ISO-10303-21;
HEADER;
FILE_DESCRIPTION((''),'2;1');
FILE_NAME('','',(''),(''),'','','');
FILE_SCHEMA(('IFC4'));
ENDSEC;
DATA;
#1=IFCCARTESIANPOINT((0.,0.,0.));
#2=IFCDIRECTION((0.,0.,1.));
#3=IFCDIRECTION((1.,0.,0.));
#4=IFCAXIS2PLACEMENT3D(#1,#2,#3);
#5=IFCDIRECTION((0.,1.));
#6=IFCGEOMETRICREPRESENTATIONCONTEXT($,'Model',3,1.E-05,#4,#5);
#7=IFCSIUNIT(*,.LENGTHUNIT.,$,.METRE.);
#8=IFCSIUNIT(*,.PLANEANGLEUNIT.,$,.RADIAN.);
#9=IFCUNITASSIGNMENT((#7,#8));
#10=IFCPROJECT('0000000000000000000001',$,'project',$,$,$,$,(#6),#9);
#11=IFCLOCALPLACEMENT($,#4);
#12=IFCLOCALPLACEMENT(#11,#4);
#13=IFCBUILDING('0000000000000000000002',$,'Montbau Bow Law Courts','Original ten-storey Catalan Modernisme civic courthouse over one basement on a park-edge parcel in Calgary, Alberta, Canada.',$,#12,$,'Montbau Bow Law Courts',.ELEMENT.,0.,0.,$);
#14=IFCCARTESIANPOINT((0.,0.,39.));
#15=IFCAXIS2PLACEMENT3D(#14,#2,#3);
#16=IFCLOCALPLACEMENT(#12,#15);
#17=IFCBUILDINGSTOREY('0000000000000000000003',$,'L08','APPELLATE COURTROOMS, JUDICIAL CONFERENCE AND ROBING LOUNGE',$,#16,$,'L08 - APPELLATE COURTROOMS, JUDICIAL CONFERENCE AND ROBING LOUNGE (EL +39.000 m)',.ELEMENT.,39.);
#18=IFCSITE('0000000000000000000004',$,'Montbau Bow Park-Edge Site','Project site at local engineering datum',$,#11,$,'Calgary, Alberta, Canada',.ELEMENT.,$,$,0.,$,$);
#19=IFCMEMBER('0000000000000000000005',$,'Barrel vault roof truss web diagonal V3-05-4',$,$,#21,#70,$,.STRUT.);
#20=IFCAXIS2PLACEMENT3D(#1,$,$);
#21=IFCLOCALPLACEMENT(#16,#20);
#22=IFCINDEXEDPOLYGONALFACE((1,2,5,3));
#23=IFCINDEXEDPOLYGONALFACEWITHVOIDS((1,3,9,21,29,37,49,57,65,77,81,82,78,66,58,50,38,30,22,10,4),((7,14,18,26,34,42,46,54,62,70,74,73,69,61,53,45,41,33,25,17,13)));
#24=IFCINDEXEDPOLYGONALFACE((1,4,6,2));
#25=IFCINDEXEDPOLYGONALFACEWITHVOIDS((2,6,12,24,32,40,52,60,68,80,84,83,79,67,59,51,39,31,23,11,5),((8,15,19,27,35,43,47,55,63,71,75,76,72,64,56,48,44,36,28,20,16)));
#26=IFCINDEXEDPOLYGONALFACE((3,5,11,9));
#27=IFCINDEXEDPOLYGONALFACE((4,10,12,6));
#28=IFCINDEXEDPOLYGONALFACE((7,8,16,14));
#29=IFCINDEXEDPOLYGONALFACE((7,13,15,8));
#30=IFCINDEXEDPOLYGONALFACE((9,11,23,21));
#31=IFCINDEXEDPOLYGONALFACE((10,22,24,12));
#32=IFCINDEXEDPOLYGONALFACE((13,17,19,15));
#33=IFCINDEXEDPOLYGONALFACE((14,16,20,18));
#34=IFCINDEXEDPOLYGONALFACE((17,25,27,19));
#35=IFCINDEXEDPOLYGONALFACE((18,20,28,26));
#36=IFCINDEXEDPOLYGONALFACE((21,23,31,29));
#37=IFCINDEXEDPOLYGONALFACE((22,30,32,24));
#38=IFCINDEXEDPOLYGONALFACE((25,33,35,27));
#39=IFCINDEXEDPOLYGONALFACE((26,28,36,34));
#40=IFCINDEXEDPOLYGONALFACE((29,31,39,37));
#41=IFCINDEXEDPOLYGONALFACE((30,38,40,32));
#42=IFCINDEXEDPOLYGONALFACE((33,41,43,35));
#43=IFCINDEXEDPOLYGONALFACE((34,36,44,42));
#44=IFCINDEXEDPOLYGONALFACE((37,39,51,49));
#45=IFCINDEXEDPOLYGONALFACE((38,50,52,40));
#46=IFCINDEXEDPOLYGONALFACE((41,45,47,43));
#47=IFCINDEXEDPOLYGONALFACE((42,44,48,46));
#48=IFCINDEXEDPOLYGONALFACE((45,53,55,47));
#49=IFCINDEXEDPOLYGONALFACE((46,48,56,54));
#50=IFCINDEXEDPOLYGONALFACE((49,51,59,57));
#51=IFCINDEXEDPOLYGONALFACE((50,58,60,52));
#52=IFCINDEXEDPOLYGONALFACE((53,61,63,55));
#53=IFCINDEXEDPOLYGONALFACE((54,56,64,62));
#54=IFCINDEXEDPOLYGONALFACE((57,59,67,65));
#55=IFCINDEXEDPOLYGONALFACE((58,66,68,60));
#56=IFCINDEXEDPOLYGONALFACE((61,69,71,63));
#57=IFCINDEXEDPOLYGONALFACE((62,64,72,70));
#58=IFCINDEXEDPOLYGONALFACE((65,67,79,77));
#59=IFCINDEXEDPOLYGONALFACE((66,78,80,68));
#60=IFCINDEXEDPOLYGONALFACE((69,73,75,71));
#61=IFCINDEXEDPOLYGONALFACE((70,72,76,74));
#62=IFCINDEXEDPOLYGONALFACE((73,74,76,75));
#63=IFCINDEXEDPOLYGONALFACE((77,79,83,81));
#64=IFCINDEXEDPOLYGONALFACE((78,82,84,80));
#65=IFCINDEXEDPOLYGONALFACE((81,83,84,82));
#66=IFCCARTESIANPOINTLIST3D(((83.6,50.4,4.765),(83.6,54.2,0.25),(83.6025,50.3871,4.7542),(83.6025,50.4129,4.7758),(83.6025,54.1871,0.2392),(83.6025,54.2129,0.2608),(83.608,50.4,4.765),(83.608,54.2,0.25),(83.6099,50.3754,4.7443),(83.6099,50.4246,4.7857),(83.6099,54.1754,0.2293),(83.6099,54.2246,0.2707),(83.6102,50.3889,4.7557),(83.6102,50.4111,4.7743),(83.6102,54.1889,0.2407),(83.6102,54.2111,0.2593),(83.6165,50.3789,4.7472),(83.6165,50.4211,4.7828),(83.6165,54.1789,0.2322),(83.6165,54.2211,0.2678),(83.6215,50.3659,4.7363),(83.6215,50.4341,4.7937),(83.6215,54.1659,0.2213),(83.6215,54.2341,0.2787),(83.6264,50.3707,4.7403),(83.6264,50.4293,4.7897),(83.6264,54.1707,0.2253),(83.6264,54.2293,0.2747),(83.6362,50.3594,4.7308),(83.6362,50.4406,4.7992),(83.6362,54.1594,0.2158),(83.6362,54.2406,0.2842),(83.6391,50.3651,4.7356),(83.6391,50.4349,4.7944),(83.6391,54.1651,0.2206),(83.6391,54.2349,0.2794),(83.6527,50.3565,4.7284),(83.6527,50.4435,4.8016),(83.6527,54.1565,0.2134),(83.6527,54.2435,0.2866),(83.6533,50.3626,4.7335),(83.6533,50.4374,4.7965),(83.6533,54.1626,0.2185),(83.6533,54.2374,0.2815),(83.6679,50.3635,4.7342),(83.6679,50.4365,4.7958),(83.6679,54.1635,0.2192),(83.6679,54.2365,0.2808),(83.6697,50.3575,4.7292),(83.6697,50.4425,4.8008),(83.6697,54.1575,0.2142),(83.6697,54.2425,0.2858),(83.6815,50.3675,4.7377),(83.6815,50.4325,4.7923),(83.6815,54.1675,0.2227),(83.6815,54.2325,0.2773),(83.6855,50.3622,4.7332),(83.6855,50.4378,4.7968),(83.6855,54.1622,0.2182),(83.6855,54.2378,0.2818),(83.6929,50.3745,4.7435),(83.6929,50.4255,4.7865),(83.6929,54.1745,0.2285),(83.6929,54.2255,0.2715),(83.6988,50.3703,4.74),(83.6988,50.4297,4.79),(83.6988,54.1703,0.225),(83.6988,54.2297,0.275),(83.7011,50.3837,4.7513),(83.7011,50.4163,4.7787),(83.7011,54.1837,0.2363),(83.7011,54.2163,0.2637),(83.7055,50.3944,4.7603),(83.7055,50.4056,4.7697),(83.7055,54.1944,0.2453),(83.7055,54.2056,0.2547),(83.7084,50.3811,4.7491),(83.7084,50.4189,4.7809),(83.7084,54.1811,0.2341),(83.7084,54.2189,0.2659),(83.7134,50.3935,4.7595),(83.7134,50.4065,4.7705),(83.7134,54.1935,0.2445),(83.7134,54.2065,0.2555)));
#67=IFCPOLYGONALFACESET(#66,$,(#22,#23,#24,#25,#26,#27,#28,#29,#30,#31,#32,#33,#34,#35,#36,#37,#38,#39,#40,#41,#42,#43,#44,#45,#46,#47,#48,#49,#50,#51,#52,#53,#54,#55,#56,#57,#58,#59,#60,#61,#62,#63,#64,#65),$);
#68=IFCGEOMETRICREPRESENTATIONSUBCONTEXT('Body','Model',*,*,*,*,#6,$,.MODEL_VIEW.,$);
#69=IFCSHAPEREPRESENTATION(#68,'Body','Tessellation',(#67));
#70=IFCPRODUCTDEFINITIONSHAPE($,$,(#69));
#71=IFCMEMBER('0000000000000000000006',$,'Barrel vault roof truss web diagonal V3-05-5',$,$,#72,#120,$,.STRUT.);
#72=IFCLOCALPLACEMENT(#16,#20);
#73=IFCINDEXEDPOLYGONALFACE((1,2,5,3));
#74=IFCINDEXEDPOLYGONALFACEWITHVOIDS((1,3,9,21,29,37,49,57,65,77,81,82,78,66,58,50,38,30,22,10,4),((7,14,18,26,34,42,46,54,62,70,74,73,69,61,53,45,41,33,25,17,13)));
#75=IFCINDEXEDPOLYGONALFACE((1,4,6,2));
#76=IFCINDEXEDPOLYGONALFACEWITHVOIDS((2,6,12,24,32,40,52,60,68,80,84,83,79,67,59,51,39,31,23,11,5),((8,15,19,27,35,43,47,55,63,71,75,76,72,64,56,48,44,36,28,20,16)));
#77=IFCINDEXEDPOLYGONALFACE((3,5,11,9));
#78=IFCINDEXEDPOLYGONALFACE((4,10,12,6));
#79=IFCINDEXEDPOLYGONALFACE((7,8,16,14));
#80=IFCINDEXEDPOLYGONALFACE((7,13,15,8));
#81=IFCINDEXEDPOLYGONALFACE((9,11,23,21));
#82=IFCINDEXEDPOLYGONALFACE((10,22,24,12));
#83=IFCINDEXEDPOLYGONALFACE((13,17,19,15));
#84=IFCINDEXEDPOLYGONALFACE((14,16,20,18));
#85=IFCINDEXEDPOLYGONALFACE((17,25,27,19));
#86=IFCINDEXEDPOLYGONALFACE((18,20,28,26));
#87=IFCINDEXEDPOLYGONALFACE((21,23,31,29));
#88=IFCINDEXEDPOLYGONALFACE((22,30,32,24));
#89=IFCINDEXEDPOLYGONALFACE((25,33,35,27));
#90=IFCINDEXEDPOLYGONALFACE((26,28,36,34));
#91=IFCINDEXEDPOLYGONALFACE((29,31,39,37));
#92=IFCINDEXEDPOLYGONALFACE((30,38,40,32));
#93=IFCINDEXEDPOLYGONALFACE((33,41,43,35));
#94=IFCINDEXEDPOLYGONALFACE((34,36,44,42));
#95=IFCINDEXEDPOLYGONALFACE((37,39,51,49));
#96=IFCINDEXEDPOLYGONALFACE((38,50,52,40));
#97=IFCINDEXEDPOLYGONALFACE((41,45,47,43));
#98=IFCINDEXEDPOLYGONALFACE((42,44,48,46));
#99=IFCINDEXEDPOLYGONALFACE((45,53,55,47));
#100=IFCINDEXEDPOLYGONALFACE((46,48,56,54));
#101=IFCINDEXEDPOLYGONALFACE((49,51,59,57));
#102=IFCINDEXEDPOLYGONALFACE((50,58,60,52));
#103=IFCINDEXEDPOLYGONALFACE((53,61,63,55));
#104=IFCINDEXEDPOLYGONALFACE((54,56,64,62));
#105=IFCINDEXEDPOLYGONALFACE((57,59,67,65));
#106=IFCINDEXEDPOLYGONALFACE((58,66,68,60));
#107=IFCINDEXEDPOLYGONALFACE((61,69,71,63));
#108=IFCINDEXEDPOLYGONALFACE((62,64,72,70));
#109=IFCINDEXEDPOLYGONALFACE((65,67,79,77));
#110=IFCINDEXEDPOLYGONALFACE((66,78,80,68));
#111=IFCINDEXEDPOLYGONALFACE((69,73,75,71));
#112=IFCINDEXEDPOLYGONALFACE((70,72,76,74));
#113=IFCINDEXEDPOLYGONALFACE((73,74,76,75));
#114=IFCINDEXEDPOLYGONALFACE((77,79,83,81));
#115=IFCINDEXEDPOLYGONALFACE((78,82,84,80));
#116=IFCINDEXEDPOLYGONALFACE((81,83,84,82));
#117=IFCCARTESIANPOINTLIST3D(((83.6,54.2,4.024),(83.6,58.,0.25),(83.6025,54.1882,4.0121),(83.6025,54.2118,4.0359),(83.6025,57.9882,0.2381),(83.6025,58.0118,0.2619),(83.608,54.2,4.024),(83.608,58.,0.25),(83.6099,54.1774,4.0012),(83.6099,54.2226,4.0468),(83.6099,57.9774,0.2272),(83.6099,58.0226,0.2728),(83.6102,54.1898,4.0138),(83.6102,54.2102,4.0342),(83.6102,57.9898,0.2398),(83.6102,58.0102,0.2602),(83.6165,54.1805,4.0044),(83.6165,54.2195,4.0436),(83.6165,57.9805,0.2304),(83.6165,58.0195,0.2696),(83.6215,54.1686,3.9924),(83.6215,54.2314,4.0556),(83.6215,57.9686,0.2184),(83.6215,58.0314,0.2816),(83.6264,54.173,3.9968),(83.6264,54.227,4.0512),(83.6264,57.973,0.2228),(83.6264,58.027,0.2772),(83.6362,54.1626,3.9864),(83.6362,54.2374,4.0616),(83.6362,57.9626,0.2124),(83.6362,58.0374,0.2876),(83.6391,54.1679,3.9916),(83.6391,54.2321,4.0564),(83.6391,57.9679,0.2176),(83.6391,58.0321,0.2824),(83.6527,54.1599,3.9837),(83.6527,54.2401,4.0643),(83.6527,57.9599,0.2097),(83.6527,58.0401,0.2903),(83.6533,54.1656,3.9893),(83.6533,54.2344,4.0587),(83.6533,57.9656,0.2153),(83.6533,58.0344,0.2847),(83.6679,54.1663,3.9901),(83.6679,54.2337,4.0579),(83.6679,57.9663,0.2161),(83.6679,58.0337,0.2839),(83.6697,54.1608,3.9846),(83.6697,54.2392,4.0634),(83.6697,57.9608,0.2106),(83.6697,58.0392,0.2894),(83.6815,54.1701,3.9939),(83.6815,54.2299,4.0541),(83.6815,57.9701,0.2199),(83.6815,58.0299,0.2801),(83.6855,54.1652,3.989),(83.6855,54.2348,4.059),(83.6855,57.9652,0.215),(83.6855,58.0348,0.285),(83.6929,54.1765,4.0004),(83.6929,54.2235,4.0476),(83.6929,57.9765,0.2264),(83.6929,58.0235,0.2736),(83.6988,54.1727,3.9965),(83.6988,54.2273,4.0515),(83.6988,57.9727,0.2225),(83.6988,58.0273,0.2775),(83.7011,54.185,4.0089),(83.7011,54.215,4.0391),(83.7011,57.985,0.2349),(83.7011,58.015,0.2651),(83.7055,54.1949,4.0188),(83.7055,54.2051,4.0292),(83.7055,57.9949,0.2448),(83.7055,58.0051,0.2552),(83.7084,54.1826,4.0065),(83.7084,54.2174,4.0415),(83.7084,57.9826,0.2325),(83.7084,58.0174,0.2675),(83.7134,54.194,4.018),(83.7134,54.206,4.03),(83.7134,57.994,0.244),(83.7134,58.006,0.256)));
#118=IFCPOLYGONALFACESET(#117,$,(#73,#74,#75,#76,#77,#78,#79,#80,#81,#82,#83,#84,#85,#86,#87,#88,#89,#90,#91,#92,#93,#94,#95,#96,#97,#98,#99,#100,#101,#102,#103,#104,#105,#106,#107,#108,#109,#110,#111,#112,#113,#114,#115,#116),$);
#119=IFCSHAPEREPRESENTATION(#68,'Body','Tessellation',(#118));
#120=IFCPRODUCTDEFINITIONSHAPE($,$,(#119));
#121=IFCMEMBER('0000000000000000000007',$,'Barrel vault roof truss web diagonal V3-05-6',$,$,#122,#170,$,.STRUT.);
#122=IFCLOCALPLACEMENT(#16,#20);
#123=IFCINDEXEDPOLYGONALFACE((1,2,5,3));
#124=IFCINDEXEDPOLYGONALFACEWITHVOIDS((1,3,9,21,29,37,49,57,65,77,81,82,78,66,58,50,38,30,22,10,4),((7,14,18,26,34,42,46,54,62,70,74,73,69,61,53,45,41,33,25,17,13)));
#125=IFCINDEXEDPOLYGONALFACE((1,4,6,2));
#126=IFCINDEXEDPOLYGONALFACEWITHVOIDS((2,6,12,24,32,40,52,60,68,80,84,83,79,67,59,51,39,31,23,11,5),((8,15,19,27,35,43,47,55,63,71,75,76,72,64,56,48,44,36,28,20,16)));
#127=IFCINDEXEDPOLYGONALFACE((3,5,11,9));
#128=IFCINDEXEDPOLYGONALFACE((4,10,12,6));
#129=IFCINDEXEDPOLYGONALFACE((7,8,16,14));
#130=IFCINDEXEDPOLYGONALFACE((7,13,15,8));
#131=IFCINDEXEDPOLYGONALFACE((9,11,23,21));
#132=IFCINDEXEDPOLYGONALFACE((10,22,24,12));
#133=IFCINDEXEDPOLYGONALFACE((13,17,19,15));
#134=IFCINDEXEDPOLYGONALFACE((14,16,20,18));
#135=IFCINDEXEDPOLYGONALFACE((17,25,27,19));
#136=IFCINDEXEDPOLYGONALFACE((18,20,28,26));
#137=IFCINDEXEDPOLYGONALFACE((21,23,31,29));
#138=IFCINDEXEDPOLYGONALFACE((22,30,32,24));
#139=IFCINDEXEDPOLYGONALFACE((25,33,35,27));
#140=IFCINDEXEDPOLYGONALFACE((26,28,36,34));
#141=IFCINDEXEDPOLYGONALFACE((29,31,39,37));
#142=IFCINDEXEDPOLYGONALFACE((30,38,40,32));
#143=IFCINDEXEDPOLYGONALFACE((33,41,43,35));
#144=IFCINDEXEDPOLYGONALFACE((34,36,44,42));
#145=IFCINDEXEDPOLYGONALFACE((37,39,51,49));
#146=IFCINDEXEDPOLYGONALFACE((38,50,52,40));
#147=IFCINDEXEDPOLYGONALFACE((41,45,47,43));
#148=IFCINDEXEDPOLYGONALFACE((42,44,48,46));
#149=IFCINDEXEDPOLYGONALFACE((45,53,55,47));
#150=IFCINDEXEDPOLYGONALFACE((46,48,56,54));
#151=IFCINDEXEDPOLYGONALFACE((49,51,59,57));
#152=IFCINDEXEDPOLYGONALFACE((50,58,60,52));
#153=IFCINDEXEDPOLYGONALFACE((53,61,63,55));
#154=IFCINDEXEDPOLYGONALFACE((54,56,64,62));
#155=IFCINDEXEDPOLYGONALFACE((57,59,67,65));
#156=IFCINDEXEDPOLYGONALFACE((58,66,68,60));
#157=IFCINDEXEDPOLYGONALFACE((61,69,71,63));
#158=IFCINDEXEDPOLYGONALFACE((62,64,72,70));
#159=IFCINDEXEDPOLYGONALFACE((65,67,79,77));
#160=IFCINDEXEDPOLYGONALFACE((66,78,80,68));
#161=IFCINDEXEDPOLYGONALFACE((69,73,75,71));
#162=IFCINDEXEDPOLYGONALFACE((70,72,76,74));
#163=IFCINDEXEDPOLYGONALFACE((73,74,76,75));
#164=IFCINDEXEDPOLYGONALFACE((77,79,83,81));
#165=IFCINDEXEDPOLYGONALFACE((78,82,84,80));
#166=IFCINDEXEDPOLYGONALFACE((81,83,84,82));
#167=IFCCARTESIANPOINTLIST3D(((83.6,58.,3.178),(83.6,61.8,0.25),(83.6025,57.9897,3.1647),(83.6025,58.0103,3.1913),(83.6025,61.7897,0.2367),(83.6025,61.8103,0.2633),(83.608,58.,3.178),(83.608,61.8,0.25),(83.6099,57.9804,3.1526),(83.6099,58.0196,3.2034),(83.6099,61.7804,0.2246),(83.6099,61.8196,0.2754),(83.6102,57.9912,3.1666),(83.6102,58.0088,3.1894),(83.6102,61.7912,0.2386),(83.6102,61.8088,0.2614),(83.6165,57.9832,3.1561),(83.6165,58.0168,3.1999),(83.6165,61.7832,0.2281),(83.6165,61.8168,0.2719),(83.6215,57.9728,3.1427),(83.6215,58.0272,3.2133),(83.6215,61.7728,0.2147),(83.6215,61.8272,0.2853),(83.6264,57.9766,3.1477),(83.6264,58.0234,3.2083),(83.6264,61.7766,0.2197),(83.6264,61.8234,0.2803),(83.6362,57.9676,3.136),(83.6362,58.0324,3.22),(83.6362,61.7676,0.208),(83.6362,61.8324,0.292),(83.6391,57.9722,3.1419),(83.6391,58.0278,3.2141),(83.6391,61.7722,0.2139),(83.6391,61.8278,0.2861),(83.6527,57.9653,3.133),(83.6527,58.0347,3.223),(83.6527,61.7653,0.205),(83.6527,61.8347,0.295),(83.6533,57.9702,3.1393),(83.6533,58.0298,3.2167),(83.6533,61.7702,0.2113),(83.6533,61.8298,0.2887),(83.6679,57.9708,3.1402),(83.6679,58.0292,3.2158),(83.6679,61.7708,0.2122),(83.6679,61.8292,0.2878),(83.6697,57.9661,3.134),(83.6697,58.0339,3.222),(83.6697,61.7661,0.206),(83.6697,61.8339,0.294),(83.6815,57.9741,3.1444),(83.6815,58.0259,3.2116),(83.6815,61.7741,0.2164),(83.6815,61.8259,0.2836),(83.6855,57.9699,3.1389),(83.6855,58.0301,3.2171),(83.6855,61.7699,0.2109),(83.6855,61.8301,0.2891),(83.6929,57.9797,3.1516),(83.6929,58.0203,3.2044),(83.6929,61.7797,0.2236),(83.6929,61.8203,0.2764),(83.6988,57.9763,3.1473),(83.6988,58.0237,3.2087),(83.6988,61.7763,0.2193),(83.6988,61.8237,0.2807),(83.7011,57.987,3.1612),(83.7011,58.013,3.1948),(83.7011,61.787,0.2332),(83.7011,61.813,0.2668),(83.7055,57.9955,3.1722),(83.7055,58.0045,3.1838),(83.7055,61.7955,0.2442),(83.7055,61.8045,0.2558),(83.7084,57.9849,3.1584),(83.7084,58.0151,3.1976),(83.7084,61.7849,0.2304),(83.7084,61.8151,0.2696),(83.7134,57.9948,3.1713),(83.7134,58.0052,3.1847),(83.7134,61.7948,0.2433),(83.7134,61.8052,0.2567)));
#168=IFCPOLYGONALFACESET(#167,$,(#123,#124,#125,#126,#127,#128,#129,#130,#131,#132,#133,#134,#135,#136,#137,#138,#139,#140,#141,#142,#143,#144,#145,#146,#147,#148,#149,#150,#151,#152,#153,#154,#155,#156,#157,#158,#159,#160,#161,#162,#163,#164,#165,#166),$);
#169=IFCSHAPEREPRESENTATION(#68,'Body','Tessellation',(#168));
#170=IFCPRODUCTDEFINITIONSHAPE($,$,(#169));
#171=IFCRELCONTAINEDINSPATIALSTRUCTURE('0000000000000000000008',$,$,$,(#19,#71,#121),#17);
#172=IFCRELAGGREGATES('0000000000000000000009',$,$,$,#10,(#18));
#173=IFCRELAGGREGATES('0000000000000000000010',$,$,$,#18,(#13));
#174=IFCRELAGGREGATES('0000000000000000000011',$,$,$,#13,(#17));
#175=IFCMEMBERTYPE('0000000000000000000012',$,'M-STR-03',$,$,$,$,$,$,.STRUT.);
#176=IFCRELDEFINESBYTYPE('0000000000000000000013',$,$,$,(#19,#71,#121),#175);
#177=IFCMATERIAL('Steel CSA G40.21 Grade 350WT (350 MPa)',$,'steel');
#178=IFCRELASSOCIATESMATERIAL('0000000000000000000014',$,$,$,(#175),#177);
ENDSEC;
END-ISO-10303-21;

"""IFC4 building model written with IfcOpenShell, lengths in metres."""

from ifc_helpers import new_model, si_unit, direction, frame, origin_with_axes, origin_2d_with_axis, place, context, subcontext, project, spatial, hollow_circle, extrude, material, material_profile, profile_set, type_object, element, save


model = new_model("IFC4")

# Units and contexts
model_context = context("Model", 3, precision=1e-05, world=origin_with_axes(), true_north=direction((0.0, 1.0)))
body_context = subcontext(model_context, "Body", "Model", "MODEL_VIEW")
ifc_project = project(units=[si_unit("LENGTHUNIT", "METRE"), si_unit("PLANEANGLEUNIT", "RADIAN")], contexts=[model_context])

# Site, building, storey
site_placement = place(None, origin_with_axes())
site = spatial("IfcSite", under=ifc_project, at=site_placement, Name="Montbau Bow Park-Edge Site", Description="Project site at local engineering datum", LongName="Calgary, Alberta, Canada", CompositionType="ELEMENT", RefElevation=0.0)
building_placement = place(site_placement, origin_with_axes())
building = spatial("IfcBuilding", under=site, at=building_placement, Name="Montbau Bow Law Courts", Description="Original ten-storey Catalan Modernisme civic courthouse over one basement on a park-edge parcel in Calgary, Alberta, Canada.", LongName="Montbau Bow Law Courts", CompositionType="ELEMENT", ElevationOfRefHeight=0.0, ElevationOfTerrain=0.0)
storey_placement = place(building_placement, frame((0.0, 0.0, 39.0), z_axis=(0.0, 0.0, 1.0), x_axis=(1.0, 0.0, 0.0)))
storey = spatial("IfcBuildingStorey", under=building, at=storey_placement, Name="L08", Description="APPELLATE COURTROOMS, JUDICIAL CONFERENCE AND ROBING LOUNGE", LongName="L08 - APPELLATE COURTROOMS, JUDICIAL CONFERENCE AND ROBING LOUNGE (EL +39.000 m)", CompositionType="ELEMENT", Elevation=39.0)

# Shared definitions
ifc_material_1 = material(Name="Steel CSA G40.21 Grade 350WT (350 MPa)", Category="steel")

# Members
ifc_material_profile_1 = material_profile(ifc_material_1, hollow_circle(Radius=0.057, WallThickness=0.008, at=origin_2d_with_axis()), Name="HSS114X8.0", Category="Main", Priority=0)
ifc_profile_set_1 = profile_set([ifc_material_profile_1], Name="Steel CSA G40.21 Grade 350WT (350 MPa)")
member_type_1 = type_object("IfcMemberType", Name="M-STR-03", PredefinedType="STRUT", material=ifc_profile_set_1)
member_1_placement = place(None, frame((83.657, 50.4, 43.765), z_axis=(0.0, 0.643927, -0.765087), x_axis=(-1.0, 0.0, 0.0)))
element("IfcMember", 1, at=member_1_placement, inside=storey, type_object=member_type_1, Name="Barrel vault roof truss web diagonal V3-05-4", PredefinedType="STRUT", context=body_context, shape_type="SweptSolid", body=[
    extrude(hollow_circle(Radius=0.057, WallThickness=0.008, at=origin_2d_with_axis()), origin_with_axes(), (0.0, 0.0, 1.0), 5.9013),
])
member_2_placement = place(None, frame((83.657, 54.2, 43.024), z_axis=(0.0, 0.70953, -0.704675), x_axis=(-1.0, 0.0, 0.0)))
element("IfcMember", 2, at=member_2_placement, inside=storey, type_object=member_type_1, Name="Barrel vault roof truss web diagonal V3-05-5", PredefinedType="STRUT", context=body_context, shape_type="SweptSolid", body=[
    extrude(hollow_circle(Radius=0.057, WallThickness=0.008, at=origin_2d_with_axis()), origin_with_axes(), (0.0, 0.0, 1.0), 5.3557),
])
member_3_placement = place(None, frame((83.657, 58.0, 42.178), z_axis=(0.0, 0.792128, -0.610355), x_axis=(-1.0, 0.0, 0.0)))
element("IfcMember", 3, at=member_3_placement, inside=storey, type_object=member_type_1, Name="Barrel vault roof truss web diagonal V3-05-6", PredefinedType="STRUT", context=body_context, shape_type="SweptSolid", body=[
    extrude(hollow_circle(Radius=0.057, WallThickness=0.008, at=origin_2d_with_axis()), origin_with_axes(), (0.0, 0.0, 1.0), 4.7972),
])

save(model, "model.ifc")
